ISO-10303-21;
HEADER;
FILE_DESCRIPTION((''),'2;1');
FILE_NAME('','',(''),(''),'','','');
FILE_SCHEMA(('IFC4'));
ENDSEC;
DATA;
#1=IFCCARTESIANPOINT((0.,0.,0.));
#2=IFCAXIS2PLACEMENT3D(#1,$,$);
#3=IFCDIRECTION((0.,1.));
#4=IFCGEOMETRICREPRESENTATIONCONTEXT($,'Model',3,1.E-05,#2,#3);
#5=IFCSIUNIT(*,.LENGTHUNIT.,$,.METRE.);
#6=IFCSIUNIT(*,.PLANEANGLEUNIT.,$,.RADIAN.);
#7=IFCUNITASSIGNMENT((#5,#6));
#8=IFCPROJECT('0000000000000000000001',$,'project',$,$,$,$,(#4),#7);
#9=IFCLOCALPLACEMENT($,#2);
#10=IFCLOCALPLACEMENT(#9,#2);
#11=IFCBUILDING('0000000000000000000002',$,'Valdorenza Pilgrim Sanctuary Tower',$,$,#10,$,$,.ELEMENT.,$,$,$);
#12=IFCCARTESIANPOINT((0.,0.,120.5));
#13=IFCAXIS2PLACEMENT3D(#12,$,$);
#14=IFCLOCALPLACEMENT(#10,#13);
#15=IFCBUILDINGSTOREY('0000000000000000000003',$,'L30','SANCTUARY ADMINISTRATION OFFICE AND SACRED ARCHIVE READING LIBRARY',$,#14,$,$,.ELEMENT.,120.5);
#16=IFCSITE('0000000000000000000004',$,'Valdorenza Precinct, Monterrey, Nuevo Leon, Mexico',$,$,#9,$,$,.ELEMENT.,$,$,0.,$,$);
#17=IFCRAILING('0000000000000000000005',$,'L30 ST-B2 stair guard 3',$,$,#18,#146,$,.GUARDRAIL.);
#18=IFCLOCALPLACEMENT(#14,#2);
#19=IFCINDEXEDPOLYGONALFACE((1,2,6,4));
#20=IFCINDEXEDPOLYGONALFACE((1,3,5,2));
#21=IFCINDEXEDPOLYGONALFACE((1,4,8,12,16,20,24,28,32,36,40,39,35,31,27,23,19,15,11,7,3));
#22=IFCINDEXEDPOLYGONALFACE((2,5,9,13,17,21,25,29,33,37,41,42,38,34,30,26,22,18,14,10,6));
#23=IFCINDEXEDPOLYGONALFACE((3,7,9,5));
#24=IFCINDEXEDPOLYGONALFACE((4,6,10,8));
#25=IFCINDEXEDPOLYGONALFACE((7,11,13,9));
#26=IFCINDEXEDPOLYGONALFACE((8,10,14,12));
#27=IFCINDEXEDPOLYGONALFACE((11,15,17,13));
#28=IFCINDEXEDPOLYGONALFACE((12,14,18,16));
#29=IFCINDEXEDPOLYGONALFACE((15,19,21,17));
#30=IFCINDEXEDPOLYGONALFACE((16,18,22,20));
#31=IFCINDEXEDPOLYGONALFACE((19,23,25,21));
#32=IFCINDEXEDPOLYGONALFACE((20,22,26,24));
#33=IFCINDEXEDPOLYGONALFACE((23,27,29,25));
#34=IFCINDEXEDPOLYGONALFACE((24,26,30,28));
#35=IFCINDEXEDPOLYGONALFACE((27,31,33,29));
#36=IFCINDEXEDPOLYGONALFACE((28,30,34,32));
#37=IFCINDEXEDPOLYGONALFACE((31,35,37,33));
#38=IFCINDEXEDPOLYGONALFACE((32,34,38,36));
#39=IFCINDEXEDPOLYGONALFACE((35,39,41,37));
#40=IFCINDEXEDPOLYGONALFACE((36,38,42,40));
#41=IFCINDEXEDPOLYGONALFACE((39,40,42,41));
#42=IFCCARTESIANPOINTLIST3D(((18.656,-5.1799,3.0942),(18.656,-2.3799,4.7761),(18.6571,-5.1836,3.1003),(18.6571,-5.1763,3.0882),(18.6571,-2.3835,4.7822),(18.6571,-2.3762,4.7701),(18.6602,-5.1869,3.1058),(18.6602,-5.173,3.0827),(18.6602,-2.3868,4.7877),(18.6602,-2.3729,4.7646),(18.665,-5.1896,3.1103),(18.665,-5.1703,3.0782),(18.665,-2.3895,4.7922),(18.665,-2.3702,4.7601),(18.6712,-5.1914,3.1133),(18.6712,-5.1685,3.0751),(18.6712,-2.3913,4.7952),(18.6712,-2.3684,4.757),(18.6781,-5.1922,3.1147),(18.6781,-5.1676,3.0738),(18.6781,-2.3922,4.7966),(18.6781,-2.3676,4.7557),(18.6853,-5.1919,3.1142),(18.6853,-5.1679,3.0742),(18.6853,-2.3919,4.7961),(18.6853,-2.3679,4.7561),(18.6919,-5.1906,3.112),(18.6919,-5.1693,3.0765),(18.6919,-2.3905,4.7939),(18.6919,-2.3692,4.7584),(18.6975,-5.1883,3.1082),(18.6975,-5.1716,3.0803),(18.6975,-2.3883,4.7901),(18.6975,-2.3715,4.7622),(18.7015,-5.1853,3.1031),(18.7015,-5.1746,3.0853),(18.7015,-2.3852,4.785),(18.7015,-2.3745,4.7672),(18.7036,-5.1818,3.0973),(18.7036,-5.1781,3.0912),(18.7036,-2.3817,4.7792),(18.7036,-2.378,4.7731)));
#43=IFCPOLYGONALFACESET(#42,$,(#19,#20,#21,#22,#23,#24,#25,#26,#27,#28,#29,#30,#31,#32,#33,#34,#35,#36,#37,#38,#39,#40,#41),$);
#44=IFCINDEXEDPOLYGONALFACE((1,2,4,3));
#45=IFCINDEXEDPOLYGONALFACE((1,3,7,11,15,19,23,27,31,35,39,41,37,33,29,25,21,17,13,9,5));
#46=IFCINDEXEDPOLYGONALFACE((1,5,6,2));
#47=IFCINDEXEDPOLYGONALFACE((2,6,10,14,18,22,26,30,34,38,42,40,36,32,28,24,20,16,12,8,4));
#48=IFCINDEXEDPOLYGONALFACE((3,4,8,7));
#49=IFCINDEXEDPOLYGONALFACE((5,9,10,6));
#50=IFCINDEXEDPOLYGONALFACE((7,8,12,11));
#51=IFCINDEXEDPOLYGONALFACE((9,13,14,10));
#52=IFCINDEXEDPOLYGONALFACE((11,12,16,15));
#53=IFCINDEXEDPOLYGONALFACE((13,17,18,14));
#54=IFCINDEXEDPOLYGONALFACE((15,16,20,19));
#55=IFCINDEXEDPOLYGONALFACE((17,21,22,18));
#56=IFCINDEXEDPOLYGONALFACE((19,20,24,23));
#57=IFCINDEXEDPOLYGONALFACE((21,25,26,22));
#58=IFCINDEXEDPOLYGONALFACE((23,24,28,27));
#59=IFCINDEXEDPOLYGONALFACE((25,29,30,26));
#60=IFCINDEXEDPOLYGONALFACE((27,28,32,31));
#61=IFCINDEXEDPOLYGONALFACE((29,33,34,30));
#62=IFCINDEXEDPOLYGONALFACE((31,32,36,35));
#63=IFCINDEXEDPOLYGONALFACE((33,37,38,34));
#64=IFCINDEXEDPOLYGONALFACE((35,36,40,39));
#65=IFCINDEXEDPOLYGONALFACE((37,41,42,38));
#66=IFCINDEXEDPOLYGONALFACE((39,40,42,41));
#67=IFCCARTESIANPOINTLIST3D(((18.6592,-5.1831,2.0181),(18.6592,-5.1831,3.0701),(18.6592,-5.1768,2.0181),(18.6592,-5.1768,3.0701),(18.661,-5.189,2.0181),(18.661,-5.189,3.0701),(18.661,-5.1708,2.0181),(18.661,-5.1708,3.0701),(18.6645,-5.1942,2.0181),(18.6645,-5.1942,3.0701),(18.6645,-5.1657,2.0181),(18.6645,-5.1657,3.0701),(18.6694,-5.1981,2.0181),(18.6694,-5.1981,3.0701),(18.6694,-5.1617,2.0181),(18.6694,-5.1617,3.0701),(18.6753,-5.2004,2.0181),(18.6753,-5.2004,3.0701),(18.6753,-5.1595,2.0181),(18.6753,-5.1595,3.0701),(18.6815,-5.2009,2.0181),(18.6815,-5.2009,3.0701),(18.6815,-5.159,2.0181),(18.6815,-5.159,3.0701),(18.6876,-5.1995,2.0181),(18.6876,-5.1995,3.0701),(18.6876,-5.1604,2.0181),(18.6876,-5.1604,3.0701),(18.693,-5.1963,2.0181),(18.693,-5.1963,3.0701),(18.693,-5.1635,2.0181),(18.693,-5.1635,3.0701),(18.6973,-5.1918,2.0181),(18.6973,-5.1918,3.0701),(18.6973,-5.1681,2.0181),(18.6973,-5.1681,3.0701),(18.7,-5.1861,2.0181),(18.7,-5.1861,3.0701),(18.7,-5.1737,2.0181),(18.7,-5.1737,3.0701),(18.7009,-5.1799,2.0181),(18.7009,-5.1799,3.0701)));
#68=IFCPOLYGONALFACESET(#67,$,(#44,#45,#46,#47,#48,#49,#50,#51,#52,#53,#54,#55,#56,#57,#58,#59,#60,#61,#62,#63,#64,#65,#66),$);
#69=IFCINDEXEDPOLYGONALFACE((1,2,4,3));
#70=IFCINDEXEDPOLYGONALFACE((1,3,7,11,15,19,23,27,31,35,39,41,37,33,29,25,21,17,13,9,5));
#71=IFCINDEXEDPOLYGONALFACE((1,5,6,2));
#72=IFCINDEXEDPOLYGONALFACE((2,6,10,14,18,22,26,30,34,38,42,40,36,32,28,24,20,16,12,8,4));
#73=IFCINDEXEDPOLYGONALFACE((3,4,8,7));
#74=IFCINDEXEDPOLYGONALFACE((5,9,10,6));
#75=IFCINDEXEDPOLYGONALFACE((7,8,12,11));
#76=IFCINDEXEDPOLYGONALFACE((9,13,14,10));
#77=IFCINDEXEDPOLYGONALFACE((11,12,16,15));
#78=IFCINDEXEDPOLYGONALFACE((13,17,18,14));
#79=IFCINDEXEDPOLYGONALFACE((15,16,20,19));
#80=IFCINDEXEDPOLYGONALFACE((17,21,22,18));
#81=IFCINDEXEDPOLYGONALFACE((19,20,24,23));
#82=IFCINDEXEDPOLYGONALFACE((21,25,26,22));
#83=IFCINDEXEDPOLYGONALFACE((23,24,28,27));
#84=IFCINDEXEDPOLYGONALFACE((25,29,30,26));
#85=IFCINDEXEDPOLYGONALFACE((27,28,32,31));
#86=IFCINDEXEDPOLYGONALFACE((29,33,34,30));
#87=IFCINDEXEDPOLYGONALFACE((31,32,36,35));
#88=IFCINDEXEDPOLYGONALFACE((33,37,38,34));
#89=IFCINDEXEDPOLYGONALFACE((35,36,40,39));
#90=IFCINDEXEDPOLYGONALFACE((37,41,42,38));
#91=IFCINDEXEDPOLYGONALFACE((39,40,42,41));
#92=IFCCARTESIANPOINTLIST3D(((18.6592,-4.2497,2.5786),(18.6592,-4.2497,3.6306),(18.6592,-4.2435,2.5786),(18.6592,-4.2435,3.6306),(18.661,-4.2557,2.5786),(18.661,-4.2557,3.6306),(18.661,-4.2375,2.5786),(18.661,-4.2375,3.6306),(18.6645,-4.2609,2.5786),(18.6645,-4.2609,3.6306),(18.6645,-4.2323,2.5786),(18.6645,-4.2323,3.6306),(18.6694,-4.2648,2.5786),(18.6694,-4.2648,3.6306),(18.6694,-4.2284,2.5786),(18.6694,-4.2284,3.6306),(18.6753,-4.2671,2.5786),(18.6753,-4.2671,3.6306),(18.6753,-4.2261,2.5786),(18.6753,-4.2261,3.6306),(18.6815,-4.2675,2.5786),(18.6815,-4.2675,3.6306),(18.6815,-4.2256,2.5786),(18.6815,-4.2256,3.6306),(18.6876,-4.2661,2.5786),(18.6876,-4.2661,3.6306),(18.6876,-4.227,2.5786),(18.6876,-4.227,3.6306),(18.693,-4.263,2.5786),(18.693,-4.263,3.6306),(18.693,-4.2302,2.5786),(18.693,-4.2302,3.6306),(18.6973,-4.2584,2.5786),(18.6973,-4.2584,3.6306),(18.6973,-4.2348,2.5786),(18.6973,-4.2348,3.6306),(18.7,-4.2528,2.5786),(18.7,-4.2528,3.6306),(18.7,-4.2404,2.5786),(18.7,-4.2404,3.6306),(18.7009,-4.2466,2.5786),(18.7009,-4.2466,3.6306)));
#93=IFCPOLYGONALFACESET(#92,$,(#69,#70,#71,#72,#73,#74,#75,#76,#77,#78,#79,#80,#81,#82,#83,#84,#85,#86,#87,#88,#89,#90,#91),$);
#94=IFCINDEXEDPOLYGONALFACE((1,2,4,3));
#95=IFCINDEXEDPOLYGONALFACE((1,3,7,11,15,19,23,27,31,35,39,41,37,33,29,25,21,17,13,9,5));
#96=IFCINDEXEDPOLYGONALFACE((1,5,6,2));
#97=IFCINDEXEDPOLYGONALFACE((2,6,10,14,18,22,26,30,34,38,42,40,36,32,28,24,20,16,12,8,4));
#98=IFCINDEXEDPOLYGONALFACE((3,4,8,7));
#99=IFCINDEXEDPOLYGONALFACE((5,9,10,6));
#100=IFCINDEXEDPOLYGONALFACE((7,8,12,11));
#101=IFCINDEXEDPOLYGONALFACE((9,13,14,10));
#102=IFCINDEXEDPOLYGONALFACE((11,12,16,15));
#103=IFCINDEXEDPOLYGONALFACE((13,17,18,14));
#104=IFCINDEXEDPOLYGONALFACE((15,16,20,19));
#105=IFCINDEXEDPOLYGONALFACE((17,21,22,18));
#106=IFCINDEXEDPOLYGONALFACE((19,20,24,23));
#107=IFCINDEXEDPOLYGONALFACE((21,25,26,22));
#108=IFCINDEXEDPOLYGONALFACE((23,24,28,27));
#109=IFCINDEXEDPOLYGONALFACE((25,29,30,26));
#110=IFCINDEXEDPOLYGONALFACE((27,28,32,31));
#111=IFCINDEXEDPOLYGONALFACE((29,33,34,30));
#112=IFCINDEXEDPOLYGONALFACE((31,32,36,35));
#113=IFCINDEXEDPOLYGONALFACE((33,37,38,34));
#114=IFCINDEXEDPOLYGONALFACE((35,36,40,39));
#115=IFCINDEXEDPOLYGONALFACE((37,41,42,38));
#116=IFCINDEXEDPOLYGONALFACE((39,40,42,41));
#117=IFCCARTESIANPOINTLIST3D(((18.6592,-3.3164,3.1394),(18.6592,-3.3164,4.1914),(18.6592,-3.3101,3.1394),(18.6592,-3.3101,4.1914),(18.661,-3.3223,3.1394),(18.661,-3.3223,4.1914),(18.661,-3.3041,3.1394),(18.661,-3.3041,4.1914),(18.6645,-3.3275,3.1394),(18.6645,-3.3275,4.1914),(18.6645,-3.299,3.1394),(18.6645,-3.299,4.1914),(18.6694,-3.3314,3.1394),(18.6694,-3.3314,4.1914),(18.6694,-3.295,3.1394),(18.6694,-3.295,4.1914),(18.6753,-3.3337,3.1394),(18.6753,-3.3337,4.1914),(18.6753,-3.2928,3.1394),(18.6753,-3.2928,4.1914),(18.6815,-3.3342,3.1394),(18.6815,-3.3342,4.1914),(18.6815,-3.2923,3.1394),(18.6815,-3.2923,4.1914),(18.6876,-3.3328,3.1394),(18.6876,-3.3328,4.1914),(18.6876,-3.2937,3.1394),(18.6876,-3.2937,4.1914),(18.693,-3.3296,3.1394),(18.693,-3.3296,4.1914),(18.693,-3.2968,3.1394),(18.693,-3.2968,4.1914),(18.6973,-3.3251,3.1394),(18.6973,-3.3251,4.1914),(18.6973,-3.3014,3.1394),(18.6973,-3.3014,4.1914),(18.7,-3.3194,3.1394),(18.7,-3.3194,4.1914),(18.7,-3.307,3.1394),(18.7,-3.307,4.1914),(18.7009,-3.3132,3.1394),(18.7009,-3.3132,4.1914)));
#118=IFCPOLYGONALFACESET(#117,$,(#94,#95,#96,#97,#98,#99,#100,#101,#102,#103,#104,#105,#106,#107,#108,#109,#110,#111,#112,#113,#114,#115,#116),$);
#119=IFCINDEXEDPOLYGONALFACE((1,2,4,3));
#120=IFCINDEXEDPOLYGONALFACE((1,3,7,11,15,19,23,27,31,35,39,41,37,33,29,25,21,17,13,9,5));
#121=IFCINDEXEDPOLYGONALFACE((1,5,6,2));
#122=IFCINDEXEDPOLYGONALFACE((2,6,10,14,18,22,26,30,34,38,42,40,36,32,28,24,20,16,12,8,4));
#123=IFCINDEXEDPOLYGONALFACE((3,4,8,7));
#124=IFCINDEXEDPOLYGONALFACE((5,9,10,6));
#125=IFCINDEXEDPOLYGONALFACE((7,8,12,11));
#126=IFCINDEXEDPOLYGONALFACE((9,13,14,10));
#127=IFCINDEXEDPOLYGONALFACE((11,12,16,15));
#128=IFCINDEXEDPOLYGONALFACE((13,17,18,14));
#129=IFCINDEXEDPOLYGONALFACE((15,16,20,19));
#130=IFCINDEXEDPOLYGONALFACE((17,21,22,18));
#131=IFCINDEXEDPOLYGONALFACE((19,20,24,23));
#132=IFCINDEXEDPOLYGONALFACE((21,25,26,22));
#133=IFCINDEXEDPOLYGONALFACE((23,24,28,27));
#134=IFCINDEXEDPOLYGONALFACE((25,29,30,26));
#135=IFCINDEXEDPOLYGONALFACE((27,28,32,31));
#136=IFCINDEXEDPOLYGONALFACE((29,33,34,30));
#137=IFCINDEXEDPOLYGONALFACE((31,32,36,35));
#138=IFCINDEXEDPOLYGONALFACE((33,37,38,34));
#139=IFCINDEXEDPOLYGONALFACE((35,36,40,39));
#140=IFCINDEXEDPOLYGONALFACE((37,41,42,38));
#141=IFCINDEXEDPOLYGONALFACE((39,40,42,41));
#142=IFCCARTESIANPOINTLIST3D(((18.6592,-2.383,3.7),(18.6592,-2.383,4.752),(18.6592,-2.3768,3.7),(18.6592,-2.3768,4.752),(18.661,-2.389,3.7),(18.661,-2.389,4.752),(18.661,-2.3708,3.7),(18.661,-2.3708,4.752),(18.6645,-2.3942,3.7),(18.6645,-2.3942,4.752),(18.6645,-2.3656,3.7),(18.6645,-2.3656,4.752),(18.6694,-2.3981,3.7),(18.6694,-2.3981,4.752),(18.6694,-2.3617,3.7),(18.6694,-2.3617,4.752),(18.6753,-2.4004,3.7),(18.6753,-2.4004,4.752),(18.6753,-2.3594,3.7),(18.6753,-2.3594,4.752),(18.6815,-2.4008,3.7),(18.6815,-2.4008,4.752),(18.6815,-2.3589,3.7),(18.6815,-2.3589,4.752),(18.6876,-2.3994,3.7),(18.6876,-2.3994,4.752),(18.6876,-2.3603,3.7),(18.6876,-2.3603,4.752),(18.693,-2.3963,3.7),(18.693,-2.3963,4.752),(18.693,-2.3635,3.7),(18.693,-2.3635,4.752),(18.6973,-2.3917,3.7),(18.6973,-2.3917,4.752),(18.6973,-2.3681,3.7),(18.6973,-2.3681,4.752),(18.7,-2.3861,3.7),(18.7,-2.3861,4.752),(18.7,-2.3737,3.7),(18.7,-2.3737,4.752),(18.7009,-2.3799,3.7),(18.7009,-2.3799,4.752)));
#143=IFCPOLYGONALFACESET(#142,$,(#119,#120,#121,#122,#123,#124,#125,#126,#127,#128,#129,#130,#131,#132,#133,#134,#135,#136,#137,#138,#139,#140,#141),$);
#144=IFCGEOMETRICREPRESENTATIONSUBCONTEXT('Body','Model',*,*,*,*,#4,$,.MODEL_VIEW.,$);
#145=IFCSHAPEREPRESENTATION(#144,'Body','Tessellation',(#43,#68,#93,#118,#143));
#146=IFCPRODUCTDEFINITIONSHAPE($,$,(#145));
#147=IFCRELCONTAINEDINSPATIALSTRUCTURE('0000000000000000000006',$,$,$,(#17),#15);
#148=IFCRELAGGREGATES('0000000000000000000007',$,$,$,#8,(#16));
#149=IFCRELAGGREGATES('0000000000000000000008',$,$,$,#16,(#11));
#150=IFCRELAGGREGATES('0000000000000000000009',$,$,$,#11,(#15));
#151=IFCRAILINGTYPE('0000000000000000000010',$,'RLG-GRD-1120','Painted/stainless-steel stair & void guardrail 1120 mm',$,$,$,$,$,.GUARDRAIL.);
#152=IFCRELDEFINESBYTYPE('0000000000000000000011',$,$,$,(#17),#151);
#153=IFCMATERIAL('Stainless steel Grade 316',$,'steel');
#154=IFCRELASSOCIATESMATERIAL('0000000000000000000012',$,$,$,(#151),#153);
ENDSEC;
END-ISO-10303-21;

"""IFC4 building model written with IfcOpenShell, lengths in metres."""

from ifc_helpers import new_model, si_unit, direction, frame, origin, origin_2d, place, context, subcontext, project, spatial, circle, extrude, material, type_object, element, save


model = new_model("IFC4")

# Units and contexts
model_context = context("Model", 3, precision=1e-05, world=origin(), true_north=direction((0.0, 1.0)))
body_context = subcontext(model_context, "Body", "Model", "MODEL_VIEW")
ifc_project = project(units=[si_unit("LENGTHUNIT", "METRE"), si_unit("PLANEANGLEUNIT", "RADIAN")], contexts=[model_context])

# Site, building, storey
site_placement = place(None, origin())
site = spatial("IfcSite", under=ifc_project, at=site_placement, Name="Valdorenza Precinct, Monterrey, Nuevo Leon, Mexico", CompositionType="ELEMENT", RefElevation=0.0)
building_placement = place(site_placement, origin())
building = spatial("IfcBuilding", under=site, at=building_placement, Name="Valdorenza Pilgrim Sanctuary Tower", CompositionType="ELEMENT")
storey_placement = place(building_placement, frame((0.0, 0.0, 120.5)))
storey = spatial("IfcBuildingStorey", under=building, at=storey_placement, Name="L30", Description="SANCTUARY ADMINISTRATION OFFICE AND SACRED ARCHIVE READING LIBRARY", CompositionType="ELEMENT", Elevation=120.5)

# Railing
ifc_material_1 = material(Name="Stainless steel Grade 316", Category="steel")
railing_type_1 = type_object("IfcRailingType", Name="RLG-GRD-1120", Description="Painted/stainless-steel stair & void guardrail 1120 mm", PredefinedType="GUARDRAIL", material=ifc_material_1)
railing_1_placement = place(storey_placement, frame((18.6799, -5.1799, 2.0181)))
element("IfcRailing", 1, at=railing_1_placement, inside=storey, type_object=railing_type_1, Name="L30 ST-B2 stair guard 3", PredefinedType="GUARDRAIL", context=body_context, shape_type="SweptSolid", body=[
    extrude(circle(Radius=0.0239, at=origin_2d()), frame((0.0, 0.0, 1.0762), z_axis=(0.0, 0.857242, 0.514913), x_axis=(-1.0, 0.0, 0.0)), (0.0, 0.0, 1.0), 3.2664),
    extrude(circle(Radius=0.021, at=origin_2d()), origin(), (0.0, 0.0, 1.0), 1.052),
    extrude(circle(Radius=0.021, at=origin_2d()), frame((0.0, 0.9333, 0.5605)), (0.0, 0.0, 1.0), 1.052),
    extrude(circle(Radius=0.021, at=origin_2d()), frame((0.0, 1.8667, 1.1213)), (0.0, 0.0, 1.0), 1.052),
    extrude(circle(Radius=0.021, at=origin_2d()), frame((0.0, 2.8, 1.6819)), (0.0, 0.0, 1.0), 1.052),
])

save(model, "model.ifc")
